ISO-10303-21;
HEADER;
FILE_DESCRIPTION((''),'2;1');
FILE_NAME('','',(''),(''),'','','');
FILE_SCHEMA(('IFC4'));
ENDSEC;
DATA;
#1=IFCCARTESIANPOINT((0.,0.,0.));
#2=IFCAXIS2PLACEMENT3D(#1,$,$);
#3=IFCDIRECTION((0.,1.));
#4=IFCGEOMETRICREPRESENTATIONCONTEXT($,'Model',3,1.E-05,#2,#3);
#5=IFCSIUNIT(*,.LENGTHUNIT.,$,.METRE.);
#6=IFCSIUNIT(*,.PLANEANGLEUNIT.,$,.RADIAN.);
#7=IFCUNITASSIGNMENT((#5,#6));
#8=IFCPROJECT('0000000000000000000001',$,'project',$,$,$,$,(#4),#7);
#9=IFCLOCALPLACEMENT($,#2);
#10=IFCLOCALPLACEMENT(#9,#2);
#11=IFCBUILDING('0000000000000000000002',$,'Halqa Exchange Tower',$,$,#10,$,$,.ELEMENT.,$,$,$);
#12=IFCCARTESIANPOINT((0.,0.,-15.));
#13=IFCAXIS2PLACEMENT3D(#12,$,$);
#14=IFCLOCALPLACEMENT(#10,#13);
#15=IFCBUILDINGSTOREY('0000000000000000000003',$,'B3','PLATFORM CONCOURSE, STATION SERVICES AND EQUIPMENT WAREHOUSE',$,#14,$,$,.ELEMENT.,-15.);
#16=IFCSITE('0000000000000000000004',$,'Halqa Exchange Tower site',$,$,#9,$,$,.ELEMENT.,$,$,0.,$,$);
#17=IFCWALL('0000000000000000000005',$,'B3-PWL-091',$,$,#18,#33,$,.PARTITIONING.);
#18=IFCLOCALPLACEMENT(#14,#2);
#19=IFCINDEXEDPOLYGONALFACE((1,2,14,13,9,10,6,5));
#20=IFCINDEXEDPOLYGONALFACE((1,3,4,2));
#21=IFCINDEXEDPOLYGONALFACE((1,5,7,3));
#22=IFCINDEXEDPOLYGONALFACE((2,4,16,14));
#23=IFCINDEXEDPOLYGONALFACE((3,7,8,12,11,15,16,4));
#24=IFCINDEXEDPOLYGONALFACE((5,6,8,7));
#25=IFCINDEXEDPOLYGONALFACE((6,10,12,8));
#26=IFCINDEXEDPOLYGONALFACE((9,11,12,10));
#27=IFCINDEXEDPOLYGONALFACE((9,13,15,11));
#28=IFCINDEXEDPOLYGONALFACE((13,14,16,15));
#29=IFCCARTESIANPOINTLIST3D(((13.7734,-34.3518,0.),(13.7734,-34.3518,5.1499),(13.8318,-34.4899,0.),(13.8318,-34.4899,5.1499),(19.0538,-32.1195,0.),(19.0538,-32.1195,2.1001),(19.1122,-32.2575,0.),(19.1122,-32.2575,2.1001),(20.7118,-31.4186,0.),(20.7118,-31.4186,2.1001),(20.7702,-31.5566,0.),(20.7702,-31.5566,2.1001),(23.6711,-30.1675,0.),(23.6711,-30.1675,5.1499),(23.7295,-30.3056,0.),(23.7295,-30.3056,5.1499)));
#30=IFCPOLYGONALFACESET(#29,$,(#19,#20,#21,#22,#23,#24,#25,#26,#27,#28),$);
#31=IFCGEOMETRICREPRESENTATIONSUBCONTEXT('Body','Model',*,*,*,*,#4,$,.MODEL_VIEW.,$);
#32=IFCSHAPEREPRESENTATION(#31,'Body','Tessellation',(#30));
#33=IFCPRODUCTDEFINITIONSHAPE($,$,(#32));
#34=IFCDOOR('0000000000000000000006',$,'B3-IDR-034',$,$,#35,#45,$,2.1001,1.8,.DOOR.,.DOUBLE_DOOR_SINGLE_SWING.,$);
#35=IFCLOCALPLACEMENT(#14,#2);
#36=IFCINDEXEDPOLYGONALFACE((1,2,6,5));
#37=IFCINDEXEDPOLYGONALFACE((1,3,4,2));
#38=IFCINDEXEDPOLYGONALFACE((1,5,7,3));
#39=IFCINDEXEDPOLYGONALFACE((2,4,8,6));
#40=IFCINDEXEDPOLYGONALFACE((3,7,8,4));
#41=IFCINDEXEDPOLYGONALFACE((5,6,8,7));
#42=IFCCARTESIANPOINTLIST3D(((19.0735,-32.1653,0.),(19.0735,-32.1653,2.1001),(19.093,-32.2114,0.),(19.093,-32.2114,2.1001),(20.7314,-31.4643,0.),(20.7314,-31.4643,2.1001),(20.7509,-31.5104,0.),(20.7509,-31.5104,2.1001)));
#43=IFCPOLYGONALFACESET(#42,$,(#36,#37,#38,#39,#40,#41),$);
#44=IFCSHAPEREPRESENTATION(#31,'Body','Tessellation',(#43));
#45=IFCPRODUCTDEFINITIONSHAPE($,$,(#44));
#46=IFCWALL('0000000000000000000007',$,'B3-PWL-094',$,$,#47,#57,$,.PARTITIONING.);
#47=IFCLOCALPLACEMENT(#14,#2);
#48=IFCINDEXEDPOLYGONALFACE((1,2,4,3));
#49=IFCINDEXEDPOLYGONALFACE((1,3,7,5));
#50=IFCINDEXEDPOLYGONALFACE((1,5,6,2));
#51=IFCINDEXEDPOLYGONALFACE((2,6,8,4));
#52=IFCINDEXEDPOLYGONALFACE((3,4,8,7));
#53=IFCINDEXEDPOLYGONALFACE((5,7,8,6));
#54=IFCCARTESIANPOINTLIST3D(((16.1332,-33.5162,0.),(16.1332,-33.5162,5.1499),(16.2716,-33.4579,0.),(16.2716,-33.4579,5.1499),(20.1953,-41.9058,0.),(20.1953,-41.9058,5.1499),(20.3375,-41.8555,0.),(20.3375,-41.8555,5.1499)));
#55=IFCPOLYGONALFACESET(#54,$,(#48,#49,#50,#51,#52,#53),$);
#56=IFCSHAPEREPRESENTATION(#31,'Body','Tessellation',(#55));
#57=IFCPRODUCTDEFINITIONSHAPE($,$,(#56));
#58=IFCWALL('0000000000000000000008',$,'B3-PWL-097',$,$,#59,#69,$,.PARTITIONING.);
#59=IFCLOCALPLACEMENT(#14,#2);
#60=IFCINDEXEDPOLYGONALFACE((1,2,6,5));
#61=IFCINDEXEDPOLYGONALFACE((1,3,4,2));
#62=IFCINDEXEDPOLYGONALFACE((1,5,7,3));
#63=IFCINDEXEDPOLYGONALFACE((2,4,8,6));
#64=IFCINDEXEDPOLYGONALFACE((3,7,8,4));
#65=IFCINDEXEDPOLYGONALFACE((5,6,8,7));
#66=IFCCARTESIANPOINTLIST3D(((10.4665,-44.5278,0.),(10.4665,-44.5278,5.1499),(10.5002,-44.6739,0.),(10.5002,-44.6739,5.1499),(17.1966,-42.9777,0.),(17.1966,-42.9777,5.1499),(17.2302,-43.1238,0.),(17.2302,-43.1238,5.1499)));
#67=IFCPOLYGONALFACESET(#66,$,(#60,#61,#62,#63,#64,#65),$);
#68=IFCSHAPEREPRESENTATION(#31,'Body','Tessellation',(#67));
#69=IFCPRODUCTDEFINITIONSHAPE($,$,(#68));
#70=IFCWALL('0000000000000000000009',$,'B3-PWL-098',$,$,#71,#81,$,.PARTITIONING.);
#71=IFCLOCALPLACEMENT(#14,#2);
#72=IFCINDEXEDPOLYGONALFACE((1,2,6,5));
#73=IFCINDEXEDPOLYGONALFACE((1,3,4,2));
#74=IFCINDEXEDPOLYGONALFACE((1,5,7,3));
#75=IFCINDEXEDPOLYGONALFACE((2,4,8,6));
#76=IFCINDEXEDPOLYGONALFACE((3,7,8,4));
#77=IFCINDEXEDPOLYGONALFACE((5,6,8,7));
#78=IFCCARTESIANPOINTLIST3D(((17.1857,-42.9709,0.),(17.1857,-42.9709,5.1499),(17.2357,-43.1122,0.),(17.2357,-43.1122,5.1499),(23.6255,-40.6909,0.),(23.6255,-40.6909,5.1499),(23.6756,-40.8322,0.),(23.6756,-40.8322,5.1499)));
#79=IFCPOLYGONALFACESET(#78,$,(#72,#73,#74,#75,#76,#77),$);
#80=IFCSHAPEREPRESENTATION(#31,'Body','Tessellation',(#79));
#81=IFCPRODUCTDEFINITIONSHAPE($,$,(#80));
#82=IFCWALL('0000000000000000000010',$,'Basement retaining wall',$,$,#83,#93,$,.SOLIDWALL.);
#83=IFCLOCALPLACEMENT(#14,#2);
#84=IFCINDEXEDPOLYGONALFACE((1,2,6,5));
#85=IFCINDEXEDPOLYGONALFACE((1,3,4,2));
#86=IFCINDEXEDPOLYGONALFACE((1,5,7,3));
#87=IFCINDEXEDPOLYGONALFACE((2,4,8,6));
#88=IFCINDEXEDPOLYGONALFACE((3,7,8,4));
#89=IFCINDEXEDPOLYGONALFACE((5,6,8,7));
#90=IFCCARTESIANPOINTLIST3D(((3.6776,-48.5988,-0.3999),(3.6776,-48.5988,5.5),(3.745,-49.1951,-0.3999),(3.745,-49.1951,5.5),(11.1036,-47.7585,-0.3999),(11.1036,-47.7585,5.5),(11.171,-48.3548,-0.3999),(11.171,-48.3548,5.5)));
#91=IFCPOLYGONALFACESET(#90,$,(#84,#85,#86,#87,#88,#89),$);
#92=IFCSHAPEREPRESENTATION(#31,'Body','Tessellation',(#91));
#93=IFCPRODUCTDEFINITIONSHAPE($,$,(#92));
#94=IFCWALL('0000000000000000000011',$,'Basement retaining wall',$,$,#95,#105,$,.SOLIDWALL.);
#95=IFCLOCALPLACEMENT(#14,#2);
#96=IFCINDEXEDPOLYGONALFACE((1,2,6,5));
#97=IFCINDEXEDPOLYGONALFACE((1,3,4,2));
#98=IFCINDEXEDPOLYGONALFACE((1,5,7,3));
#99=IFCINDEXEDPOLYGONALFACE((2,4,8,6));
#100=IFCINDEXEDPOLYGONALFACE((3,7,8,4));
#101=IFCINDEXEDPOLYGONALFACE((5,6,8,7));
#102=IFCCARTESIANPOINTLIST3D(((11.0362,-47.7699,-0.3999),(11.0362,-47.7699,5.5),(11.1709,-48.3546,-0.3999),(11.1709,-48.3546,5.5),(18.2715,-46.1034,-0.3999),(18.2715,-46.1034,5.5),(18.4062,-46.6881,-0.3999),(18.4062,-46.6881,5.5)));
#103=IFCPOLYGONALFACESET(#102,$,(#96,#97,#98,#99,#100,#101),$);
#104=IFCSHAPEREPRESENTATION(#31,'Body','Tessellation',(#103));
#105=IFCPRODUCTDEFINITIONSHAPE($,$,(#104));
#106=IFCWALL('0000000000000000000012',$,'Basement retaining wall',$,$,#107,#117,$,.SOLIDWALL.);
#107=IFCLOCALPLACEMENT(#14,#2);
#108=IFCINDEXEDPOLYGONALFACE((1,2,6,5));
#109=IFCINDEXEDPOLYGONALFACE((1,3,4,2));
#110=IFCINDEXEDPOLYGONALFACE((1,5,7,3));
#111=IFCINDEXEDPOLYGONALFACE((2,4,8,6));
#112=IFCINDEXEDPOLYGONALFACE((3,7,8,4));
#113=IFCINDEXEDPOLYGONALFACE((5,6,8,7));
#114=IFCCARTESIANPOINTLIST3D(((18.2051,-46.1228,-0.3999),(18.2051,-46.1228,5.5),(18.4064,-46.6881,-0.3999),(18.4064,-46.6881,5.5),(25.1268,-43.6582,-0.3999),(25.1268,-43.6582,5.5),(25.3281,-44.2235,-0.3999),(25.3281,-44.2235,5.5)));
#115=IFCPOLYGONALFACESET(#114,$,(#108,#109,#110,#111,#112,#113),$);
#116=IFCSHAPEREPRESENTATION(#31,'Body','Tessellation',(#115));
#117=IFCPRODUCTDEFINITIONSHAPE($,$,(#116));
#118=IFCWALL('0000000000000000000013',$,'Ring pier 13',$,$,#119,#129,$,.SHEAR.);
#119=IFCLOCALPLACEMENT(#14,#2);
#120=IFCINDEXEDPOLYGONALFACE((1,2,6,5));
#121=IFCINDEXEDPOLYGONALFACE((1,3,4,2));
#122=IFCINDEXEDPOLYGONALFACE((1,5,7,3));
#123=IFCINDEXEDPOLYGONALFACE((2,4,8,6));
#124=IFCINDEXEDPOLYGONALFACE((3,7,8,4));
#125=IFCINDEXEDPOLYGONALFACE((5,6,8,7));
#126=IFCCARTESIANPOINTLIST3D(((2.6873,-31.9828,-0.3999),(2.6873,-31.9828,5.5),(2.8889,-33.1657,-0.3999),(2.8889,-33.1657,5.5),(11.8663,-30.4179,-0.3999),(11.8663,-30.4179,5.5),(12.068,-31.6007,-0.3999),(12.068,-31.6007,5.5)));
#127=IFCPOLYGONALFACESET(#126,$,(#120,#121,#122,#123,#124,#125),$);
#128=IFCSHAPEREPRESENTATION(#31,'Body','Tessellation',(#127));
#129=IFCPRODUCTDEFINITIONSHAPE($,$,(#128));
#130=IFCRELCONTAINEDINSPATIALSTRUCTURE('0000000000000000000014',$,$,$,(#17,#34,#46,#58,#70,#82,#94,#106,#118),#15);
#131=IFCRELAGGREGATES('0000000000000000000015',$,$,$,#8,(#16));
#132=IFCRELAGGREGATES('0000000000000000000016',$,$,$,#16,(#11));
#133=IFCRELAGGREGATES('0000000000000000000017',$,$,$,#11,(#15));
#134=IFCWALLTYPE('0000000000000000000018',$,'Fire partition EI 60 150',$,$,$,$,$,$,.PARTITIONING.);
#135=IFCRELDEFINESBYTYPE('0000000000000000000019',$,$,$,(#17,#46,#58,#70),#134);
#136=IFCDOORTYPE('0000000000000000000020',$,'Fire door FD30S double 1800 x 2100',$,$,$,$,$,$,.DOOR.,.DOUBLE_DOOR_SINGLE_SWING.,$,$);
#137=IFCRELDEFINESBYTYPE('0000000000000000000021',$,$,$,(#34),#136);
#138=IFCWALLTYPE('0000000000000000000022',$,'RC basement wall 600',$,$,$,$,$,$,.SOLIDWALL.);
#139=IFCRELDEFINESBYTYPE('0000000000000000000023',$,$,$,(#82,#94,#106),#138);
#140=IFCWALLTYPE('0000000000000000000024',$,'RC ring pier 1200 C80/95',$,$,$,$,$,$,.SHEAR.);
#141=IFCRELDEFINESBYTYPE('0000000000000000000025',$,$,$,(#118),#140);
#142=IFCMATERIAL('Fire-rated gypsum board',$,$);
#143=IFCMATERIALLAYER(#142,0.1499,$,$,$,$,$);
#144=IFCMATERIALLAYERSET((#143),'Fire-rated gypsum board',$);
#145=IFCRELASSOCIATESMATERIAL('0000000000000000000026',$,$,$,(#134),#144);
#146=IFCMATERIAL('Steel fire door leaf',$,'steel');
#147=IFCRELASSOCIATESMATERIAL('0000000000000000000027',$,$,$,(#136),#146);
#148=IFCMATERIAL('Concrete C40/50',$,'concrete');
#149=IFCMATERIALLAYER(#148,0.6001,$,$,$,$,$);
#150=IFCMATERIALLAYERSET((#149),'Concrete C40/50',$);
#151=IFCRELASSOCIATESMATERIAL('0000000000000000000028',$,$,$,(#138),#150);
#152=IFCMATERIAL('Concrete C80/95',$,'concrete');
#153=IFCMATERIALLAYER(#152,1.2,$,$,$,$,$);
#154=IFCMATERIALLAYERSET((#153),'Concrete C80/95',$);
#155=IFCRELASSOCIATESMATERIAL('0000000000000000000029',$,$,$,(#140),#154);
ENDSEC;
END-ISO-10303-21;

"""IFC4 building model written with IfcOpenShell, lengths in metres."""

from ifc_helpers import new_model, si_unit, direction, frame, frame_2d, origin, place, context, subcontext, project, spatial, polyline, rectangle, outline, extrude, material, layer, layer_set, type_object, element, fill, save


model = new_model("IFC4")

# Units and contexts
model_context = context("Model", 3, precision=1e-05, world=origin(), true_north=direction((0.0, 1.0)))
body_context = subcontext(model_context, "Body", "Model", "MODEL_VIEW")
ifc_project = project(units=[si_unit("LENGTHUNIT", "METRE"), si_unit("PLANEANGLEUNIT", "RADIAN")], contexts=[model_context])

# Site, building, storey
site_placement = place(None, origin())
site = spatial("IfcSite", under=ifc_project, at=site_placement, Name="Halqa Exchange Tower site", CompositionType="ELEMENT", RefElevation=0.0)
building_placement = place(site_placement, origin())
building = spatial("IfcBuilding", under=site, at=building_placement, Name="Halqa Exchange Tower", CompositionType="ELEMENT")
storey_placement = place(building_placement, frame((0.0, 0.0, -15.0)))
storey = spatial("IfcBuildingStorey", under=building, at=storey_placement, Name="B3", Description="PLATFORM CONCOURSE, STATION SERVICES AND EQUIPMENT WAREHOUSE", CompositionType="ELEMENT", Elevation=-15.0)

# Shared definitions
ifc_material_1 = material(Name="Concrete C40/50", Category="concrete")

# Shared definitions
ifc_material_2 = material(Name="Fire-rated gypsum board")
ifc_layer_1 = layer(ifc_material_2, 0.1499)
ifc_layer_set_1 = layer_set([ifc_layer_1], Name="Fire-rated gypsum board")
wall_type_1 = type_object("IfcWallType", Name="Fire partition EI 60 150", PredefinedType="PARTITIONING", material=ifc_layer_set_1)

# Wall, opening, door
ifc_material_3 = material(Name="Steel fire door leaf", Category="steel")
door_type = type_object("IfcDoorType", Name="Fire door FD30S double 1800 x 2100", OperationType="DOUBLE_DOOR_SINGLE_SWING", PredefinedType="DOOR", material=ifc_material_3)
wall_1_placement = place(storey_placement, frame((13.8025, -34.4209, 0.0), z_axis=(0.0, 0.0, 1.0), x_axis=(0.921073, 0.38939, 0.0)))
wall_1 = element("IfcWall", 1, at=wall_1_placement, inside=storey, type_object=wall_type_1, Name="B3-PWL-091", PredefinedType="PARTITIONING", context=body_context, shape_type="SweptSolid", body=[
    extrude(rectangle(XDim=10.7458, YDim=0.1499, at=frame_2d((5.373, 0.0))), origin(), (0.0, 0.0, 1.0), 5.1499),
])
opening_1_placement = place(wall_1_placement, frame((5.7332, 0.0, 0.0)))
opening_1 = element("IfcOpeningElement", 2, at=opening_1_placement, cuts=wall_1, PredefinedType="OPENING", context=body_context, shape_type="SweptSolid", body=[
    extrude(rectangle(XDim=1.8, YDim=2.1001, at=frame_2d((0.8999, 1.05))), frame((0.0, 0.0869, 0.0), z_axis=(0.0, -1.0, 0.0), x_axis=(1.0, 0.0, 0.0)), (0.0, 0.0, 1.0), 0.1738),
])
door_1_placement = place(opening_1_placement, frame((1.8, 0.0, 0.0), z_axis=(0.0, 0.0, 1.0), x_axis=(-1.0, 0.0, 0.0)))
door_1 = element("IfcDoor", 3, at=door_1_placement, inside=storey, type_object=door_type, Name="B3-IDR-034", OperationType="DOUBLE_DOOR_SINGLE_SWING", OverallHeight=2.1001, OverallWidth=1.8, PredefinedType="DOOR", context=body_context, shape_type="SweptSolid", body=[
    extrude(rectangle(XDim=1.8, YDim=2.1001, at=frame_2d((0.8999, 1.05))), frame((0.0, 0.0249, 0.0), z_axis=(0.0, -1.0, 0.0), x_axis=(1.0, 0.0, 0.0)), (0.0, 0.0, 1.0), 0.05),
])
fill(opening_1, door_1)

# Walls
wall_2_placement = place(storey_placement, frame((16.2024, -33.4871, 0.0), z_axis=(0.0, 0.0, 1.0), x_axis=(0.435784, -0.900051, 0.0)))
element("IfcWall", 4, at=wall_2_placement, inside=storey, type_object=wall_type_1, Name="B3-PWL-094", PredefinedType="PARTITIONING", context=body_context, shape_type="SweptSolid", body=[
    extrude(outline(polyline([(-0.0039, -0.075), (9.3174, -0.075), (9.334, 0.075), (0.0039, 0.075), (-0.0039, -0.075)])), origin(), (0.0, 0.0, 1.0), 5.1499),
])
wall_3_placement = place(storey_placement, frame((17.2134, -43.0508, 0.0), z_axis=(0.0, 0.0, 1.0), x_axis=(-0.974487, -0.224444, 0.0)))
element("IfcWall", 5, at=wall_3_placement, inside=storey, type_object=wall_type_1, Name="B3-PWL-097", PredefinedType="PARTITIONING", context=body_context, shape_type="SweptSolid", body=[
    extrude(rectangle(XDim=6.9062, YDim=0.1499, at=frame_2d((3.4531, 0.0))), origin(), (0.0, 0.0, 1.0), 5.1499),
])
wall_4_placement = place(storey_placement, frame((17.2107, -43.0415, 0.0), z_axis=(0.0, 0.0, 1.0), x_axis=(0.942663, 0.333745, 0.0)))
element("IfcWall", 6, at=wall_4_placement, inside=storey, type_object=wall_type_1, Name="B3-PWL-098", PredefinedType="PARTITIONING", context=body_context, shape_type="SweptSolid", body=[
    extrude(rectangle(XDim=6.8315, YDim=0.1499, at=frame_2d((3.4158, 0.0))), origin(), (0.0, 0.0, 1.0), 5.1499),
])
ifc_layer_2 = layer(ifc_material_1, 0.6001)
ifc_layer_set_2 = layer_set([ifc_layer_2], Name="Concrete C40/50")
wall_type_2 = type_object("IfcWallType", Name="RC basement wall 600", PredefinedType="SOLIDWALL", material=ifc_layer_set_2)
wall_5_placement = place(storey_placement, frame((3.7112, -48.897, -0.3999), z_axis=(0.0, 0.0, 1.0), x_axis=(0.993658, 0.112443, 0.0)))
element("IfcWall", 7, at=wall_5_placement, inside=storey, type_object=wall_type_2, Name="Basement retaining wall", PredefinedType="SOLIDWALL", context=body_context, shape_type="SweptSolid", body=[
    extrude(rectangle(XDim=7.4734, YDim=0.6001, at=frame_2d((3.7368, 0.0))), origin(), (0.0, 0.0, 1.0), 5.8999),
])
wall_6_placement = place(storey_placement, frame((11.1035, -48.0623, -0.3999), z_axis=(0.0, 0.0, 1.0), x_axis=(0.974485, 0.224451, 0.0)))
element("IfcWall", 8, at=wall_6_placement, inside=storey, type_object=wall_type_2, Name="Basement retaining wall", PredefinedType="SOLIDWALL", context=body_context, shape_type="SweptSolid", body=[
    extrude(rectangle(XDim=7.4248, YDim=0.6001, at=frame_2d((3.7124, 0.0))), origin(), (0.0, 0.0, 1.0), 5.8999),
])
wall_7_placement = place(storey_placement, frame((18.3057, -46.4055, -0.3999), z_axis=(0.0, 0.0, 1.0), x_axis=(0.942061, 0.335442, 0.0)))
element("IfcWall", 9, at=wall_7_placement, inside=storey, type_object=wall_type_2, Name="Basement retaining wall", PredefinedType="SOLIDWALL", context=body_context, shape_type="SweptSolid", body=[
    extrude(rectangle(XDim=7.3474, YDim=0.6001, at=frame_2d((3.6738, 0.0))), origin(), (0.0, 0.0, 1.0), 5.8999),
])
ifc_material_4 = material(Name="Concrete C80/95", Category="concrete")
ifc_layer_3 = layer(ifc_material_4, 1.2)
ifc_layer_set_3 = layer_set([ifc_layer_3], Name="Concrete C80/95")
wall_type_3 = type_object("IfcWallType", Name="RC ring pier 1200 C80/95", PredefinedType="SHEAR", material=ifc_layer_set_3)
wall_8_placement = place(storey_placement, frame((2.7881, -32.5742, -0.3999), z_axis=(0.0, 0.0, 1.0), x_axis=(0.985776, 0.168063, 0.0)))
element("IfcWall", 10, at=wall_8_placement, inside=storey, type_object=wall_type_3, Name="Ring pier 13", PredefinedType="SHEAR", context=body_context, shape_type="SweptSolid", body=[
    extrude(rectangle(XDim=9.3115, YDim=1.2, at=frame_2d((4.6558, 0.0))), origin(), (0.0, 0.0, 1.0), 5.8999),
])

save(model, "model.ifc")
